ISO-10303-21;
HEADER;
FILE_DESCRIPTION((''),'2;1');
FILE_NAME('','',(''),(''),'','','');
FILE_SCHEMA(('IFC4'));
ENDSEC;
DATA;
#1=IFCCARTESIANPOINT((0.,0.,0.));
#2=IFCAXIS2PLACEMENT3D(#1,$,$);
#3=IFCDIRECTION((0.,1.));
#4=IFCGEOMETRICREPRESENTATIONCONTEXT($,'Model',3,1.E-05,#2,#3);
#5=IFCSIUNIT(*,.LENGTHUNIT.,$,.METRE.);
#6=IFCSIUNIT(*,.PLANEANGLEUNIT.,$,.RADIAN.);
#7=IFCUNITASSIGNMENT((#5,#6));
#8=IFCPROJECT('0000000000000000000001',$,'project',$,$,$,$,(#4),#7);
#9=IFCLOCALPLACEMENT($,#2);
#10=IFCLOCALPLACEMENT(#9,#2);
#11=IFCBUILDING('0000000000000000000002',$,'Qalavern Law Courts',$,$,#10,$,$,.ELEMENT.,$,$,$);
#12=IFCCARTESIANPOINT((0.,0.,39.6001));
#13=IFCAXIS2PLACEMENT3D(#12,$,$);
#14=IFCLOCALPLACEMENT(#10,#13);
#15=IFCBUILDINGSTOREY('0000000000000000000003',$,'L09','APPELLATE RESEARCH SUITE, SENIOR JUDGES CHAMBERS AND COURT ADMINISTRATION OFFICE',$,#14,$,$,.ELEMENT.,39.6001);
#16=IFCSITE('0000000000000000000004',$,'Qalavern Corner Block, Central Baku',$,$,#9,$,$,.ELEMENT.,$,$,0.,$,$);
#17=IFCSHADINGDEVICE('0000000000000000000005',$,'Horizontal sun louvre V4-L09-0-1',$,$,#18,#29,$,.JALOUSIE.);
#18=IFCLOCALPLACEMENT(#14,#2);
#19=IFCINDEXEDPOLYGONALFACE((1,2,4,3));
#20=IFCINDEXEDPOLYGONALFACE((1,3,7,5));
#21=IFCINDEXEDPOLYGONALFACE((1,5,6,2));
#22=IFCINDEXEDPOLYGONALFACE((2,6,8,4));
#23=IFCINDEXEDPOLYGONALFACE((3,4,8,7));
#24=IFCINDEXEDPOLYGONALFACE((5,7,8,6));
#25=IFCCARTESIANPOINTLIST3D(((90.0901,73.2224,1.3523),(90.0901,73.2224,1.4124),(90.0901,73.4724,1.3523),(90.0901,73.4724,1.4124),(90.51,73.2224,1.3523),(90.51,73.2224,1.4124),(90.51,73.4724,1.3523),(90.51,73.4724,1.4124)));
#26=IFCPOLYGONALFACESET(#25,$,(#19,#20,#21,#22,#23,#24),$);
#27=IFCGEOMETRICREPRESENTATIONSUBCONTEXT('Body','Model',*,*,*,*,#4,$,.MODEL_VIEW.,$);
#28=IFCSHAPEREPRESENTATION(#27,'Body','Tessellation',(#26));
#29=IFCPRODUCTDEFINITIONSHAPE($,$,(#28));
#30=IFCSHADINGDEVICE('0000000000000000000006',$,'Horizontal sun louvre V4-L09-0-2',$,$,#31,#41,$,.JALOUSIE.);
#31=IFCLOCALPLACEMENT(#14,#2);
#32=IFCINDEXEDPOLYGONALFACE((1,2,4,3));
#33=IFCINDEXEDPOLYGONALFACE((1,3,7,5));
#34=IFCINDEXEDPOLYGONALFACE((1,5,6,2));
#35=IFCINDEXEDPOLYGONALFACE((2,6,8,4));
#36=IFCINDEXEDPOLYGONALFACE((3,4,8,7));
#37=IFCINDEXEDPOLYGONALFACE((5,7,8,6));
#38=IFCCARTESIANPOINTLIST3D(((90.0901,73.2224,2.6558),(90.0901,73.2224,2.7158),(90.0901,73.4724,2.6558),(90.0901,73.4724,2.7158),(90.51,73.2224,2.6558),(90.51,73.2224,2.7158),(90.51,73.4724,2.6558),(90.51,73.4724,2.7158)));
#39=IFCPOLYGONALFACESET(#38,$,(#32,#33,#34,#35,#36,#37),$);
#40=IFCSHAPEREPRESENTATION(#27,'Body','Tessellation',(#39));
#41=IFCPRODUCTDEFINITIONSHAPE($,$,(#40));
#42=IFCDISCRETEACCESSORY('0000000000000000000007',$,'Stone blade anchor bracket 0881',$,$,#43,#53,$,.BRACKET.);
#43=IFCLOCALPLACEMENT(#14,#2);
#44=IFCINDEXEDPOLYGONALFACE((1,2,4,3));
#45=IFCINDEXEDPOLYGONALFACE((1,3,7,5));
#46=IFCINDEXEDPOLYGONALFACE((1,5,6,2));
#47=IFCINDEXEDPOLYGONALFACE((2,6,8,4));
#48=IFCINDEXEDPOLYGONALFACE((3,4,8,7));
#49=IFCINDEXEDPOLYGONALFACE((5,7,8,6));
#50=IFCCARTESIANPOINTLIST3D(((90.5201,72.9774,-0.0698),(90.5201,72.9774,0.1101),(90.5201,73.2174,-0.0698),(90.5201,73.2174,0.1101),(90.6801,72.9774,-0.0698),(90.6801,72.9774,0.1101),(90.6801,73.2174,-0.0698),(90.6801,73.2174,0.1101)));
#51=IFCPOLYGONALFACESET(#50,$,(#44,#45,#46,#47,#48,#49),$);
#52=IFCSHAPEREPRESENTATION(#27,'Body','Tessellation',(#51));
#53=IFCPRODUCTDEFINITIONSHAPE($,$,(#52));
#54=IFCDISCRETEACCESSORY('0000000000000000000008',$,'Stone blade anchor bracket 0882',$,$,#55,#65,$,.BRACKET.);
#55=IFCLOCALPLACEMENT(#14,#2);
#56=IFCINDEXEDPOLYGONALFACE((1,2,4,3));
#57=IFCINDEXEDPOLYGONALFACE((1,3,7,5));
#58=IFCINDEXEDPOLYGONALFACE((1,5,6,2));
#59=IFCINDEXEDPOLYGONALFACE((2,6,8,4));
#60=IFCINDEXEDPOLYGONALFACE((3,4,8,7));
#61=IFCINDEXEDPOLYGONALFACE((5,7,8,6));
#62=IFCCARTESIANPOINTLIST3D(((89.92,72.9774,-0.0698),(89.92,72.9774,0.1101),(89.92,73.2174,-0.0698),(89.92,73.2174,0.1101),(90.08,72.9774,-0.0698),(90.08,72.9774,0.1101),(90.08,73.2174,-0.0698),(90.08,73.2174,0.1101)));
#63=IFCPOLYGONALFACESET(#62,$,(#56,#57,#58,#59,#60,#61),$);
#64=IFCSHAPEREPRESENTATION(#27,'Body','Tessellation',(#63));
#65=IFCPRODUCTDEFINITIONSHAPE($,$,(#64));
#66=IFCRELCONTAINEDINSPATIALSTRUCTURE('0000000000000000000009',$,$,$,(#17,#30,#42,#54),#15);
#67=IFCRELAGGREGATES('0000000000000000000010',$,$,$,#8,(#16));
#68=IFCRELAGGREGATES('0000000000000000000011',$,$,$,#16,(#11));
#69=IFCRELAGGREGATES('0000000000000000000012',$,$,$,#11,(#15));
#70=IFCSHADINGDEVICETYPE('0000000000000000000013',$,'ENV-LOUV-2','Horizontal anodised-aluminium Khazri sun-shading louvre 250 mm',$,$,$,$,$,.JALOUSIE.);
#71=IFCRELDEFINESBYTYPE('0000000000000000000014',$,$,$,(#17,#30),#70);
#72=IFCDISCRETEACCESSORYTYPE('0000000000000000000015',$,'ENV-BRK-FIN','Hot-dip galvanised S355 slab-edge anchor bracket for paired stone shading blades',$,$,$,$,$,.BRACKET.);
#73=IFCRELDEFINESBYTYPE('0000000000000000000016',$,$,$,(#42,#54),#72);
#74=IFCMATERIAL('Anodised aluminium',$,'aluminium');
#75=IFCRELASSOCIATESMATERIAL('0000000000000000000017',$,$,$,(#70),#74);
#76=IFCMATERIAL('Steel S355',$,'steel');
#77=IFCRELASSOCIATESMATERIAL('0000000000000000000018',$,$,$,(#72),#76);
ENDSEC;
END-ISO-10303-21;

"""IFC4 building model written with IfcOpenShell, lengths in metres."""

from ifc_helpers import new_model, si_unit, direction, frame, origin, origin_2d, place, context, subcontext, project, spatial, rectangle, extrude, material, type_object, element, save


model = new_model("IFC4")

# Units and contexts
model_context = context("Model", 3, precision=1e-05, world=origin(), true_north=direction((0.0, 1.0)))
body_context = subcontext(model_context, "Body", "Model", "MODEL_VIEW")
ifc_project = project(units=[si_unit("LENGTHUNIT", "METRE"), si_unit("PLANEANGLEUNIT", "RADIAN")], contexts=[model_context])

# Site, building, storey
site_placement = place(None, origin())
site = spatial("IfcSite", under=ifc_project, at=site_placement, Name="Qalavern Corner Block, Central Baku", CompositionType="ELEMENT", RefElevation=0.0)
building_placement = place(site_placement, origin())
building = spatial("IfcBuilding", under=site, at=building_placement, Name="Qalavern Law Courts", CompositionType="ELEMENT")
storey_placement = place(building_placement, frame((0.0, 0.0, 39.6001)))
storey = spatial("IfcBuildingStorey", under=building, at=storey_placement, Name="L09", Description="APPELLATE RESEARCH SUITE, SENIOR JUDGES CHAMBERS AND COURT ADMINISTRATION OFFICE", CompositionType="ELEMENT", Elevation=39.6001)

# Shared definitions
ifc_material_1 = material(Name="Anodised aluminium", Category="aluminium")

# Shared definitions
ifc_material_2 = material(Name="Steel S355", Category="steel")

# Shading devices
shading_device_type = type_object("IfcShadingDeviceType", Name="ENV-LOUV-2", Description="Horizontal anodised-aluminium Khazri sun-shading louvre 250 mm", PredefinedType="JALOUSIE", material=ifc_material_1)
for number, where, z_axis, x_axis, name in (
    (1, (90.3, 73.3474, 1.3523), (0.0, 0.0, 1.0), (-1.0, 0.0, 0.0), "Horizontal sun louvre V4-L09-0-1"),
    (2, (90.3, 73.3474, 2.6558), (0.0, 0.0, 1.0), (-1.0, 0.0, 0.0), "Horizontal sun louvre V4-L09-0-2"),
):
    element("IfcShadingDevice", number, at=place(storey_placement, frame(where, z_axis=z_axis, x_axis=x_axis)), inside=storey, type_object=shading_device_type, Name=name, PredefinedType="JALOUSIE", context=body_context, shape_type="SweptSolid", body=[
        extrude(rectangle(XDim=0.4199, YDim=0.25, at=origin_2d()), origin(), (0.0, 0.0, 1.0), 0.0601),
    ])

# Discrete accessories
discrete_accessory_type = type_object("IfcDiscreteAccessoryType", Name="ENV-BRK-FIN", Description="Hot-dip galvanised S355 slab-edge anchor bracket for paired stone shading blades", PredefinedType="BRACKET", material=ifc_material_2)
for number, where, z_axis, x_axis, name in (
    (3, (90.6001, 73.0974, -0.0698), (0.0, 0.0, 1.0), (0.0, 1.0, 0.0), "Stone blade anchor bracket 0881"),
    (4, (90.0, 73.0974, -0.0698), (0.0, 0.0, 1.0), (0.0, 1.0, 0.0), "Stone blade anchor bracket 0882"),
):
    element("IfcDiscreteAccessory", number, at=place(storey_placement, frame(where, z_axis=z_axis, x_axis=x_axis)), inside=storey, type_object=discrete_accessory_type, Name=name, PredefinedType="BRACKET", context=body_context, shape_type="SweptSolid", body=[
        extrude(rectangle(XDim=0.24, YDim=0.1599, at=origin_2d()), origin(), (0.0, 0.0, 1.0), 0.1799),
    ])

save(model, "model.ifc")
